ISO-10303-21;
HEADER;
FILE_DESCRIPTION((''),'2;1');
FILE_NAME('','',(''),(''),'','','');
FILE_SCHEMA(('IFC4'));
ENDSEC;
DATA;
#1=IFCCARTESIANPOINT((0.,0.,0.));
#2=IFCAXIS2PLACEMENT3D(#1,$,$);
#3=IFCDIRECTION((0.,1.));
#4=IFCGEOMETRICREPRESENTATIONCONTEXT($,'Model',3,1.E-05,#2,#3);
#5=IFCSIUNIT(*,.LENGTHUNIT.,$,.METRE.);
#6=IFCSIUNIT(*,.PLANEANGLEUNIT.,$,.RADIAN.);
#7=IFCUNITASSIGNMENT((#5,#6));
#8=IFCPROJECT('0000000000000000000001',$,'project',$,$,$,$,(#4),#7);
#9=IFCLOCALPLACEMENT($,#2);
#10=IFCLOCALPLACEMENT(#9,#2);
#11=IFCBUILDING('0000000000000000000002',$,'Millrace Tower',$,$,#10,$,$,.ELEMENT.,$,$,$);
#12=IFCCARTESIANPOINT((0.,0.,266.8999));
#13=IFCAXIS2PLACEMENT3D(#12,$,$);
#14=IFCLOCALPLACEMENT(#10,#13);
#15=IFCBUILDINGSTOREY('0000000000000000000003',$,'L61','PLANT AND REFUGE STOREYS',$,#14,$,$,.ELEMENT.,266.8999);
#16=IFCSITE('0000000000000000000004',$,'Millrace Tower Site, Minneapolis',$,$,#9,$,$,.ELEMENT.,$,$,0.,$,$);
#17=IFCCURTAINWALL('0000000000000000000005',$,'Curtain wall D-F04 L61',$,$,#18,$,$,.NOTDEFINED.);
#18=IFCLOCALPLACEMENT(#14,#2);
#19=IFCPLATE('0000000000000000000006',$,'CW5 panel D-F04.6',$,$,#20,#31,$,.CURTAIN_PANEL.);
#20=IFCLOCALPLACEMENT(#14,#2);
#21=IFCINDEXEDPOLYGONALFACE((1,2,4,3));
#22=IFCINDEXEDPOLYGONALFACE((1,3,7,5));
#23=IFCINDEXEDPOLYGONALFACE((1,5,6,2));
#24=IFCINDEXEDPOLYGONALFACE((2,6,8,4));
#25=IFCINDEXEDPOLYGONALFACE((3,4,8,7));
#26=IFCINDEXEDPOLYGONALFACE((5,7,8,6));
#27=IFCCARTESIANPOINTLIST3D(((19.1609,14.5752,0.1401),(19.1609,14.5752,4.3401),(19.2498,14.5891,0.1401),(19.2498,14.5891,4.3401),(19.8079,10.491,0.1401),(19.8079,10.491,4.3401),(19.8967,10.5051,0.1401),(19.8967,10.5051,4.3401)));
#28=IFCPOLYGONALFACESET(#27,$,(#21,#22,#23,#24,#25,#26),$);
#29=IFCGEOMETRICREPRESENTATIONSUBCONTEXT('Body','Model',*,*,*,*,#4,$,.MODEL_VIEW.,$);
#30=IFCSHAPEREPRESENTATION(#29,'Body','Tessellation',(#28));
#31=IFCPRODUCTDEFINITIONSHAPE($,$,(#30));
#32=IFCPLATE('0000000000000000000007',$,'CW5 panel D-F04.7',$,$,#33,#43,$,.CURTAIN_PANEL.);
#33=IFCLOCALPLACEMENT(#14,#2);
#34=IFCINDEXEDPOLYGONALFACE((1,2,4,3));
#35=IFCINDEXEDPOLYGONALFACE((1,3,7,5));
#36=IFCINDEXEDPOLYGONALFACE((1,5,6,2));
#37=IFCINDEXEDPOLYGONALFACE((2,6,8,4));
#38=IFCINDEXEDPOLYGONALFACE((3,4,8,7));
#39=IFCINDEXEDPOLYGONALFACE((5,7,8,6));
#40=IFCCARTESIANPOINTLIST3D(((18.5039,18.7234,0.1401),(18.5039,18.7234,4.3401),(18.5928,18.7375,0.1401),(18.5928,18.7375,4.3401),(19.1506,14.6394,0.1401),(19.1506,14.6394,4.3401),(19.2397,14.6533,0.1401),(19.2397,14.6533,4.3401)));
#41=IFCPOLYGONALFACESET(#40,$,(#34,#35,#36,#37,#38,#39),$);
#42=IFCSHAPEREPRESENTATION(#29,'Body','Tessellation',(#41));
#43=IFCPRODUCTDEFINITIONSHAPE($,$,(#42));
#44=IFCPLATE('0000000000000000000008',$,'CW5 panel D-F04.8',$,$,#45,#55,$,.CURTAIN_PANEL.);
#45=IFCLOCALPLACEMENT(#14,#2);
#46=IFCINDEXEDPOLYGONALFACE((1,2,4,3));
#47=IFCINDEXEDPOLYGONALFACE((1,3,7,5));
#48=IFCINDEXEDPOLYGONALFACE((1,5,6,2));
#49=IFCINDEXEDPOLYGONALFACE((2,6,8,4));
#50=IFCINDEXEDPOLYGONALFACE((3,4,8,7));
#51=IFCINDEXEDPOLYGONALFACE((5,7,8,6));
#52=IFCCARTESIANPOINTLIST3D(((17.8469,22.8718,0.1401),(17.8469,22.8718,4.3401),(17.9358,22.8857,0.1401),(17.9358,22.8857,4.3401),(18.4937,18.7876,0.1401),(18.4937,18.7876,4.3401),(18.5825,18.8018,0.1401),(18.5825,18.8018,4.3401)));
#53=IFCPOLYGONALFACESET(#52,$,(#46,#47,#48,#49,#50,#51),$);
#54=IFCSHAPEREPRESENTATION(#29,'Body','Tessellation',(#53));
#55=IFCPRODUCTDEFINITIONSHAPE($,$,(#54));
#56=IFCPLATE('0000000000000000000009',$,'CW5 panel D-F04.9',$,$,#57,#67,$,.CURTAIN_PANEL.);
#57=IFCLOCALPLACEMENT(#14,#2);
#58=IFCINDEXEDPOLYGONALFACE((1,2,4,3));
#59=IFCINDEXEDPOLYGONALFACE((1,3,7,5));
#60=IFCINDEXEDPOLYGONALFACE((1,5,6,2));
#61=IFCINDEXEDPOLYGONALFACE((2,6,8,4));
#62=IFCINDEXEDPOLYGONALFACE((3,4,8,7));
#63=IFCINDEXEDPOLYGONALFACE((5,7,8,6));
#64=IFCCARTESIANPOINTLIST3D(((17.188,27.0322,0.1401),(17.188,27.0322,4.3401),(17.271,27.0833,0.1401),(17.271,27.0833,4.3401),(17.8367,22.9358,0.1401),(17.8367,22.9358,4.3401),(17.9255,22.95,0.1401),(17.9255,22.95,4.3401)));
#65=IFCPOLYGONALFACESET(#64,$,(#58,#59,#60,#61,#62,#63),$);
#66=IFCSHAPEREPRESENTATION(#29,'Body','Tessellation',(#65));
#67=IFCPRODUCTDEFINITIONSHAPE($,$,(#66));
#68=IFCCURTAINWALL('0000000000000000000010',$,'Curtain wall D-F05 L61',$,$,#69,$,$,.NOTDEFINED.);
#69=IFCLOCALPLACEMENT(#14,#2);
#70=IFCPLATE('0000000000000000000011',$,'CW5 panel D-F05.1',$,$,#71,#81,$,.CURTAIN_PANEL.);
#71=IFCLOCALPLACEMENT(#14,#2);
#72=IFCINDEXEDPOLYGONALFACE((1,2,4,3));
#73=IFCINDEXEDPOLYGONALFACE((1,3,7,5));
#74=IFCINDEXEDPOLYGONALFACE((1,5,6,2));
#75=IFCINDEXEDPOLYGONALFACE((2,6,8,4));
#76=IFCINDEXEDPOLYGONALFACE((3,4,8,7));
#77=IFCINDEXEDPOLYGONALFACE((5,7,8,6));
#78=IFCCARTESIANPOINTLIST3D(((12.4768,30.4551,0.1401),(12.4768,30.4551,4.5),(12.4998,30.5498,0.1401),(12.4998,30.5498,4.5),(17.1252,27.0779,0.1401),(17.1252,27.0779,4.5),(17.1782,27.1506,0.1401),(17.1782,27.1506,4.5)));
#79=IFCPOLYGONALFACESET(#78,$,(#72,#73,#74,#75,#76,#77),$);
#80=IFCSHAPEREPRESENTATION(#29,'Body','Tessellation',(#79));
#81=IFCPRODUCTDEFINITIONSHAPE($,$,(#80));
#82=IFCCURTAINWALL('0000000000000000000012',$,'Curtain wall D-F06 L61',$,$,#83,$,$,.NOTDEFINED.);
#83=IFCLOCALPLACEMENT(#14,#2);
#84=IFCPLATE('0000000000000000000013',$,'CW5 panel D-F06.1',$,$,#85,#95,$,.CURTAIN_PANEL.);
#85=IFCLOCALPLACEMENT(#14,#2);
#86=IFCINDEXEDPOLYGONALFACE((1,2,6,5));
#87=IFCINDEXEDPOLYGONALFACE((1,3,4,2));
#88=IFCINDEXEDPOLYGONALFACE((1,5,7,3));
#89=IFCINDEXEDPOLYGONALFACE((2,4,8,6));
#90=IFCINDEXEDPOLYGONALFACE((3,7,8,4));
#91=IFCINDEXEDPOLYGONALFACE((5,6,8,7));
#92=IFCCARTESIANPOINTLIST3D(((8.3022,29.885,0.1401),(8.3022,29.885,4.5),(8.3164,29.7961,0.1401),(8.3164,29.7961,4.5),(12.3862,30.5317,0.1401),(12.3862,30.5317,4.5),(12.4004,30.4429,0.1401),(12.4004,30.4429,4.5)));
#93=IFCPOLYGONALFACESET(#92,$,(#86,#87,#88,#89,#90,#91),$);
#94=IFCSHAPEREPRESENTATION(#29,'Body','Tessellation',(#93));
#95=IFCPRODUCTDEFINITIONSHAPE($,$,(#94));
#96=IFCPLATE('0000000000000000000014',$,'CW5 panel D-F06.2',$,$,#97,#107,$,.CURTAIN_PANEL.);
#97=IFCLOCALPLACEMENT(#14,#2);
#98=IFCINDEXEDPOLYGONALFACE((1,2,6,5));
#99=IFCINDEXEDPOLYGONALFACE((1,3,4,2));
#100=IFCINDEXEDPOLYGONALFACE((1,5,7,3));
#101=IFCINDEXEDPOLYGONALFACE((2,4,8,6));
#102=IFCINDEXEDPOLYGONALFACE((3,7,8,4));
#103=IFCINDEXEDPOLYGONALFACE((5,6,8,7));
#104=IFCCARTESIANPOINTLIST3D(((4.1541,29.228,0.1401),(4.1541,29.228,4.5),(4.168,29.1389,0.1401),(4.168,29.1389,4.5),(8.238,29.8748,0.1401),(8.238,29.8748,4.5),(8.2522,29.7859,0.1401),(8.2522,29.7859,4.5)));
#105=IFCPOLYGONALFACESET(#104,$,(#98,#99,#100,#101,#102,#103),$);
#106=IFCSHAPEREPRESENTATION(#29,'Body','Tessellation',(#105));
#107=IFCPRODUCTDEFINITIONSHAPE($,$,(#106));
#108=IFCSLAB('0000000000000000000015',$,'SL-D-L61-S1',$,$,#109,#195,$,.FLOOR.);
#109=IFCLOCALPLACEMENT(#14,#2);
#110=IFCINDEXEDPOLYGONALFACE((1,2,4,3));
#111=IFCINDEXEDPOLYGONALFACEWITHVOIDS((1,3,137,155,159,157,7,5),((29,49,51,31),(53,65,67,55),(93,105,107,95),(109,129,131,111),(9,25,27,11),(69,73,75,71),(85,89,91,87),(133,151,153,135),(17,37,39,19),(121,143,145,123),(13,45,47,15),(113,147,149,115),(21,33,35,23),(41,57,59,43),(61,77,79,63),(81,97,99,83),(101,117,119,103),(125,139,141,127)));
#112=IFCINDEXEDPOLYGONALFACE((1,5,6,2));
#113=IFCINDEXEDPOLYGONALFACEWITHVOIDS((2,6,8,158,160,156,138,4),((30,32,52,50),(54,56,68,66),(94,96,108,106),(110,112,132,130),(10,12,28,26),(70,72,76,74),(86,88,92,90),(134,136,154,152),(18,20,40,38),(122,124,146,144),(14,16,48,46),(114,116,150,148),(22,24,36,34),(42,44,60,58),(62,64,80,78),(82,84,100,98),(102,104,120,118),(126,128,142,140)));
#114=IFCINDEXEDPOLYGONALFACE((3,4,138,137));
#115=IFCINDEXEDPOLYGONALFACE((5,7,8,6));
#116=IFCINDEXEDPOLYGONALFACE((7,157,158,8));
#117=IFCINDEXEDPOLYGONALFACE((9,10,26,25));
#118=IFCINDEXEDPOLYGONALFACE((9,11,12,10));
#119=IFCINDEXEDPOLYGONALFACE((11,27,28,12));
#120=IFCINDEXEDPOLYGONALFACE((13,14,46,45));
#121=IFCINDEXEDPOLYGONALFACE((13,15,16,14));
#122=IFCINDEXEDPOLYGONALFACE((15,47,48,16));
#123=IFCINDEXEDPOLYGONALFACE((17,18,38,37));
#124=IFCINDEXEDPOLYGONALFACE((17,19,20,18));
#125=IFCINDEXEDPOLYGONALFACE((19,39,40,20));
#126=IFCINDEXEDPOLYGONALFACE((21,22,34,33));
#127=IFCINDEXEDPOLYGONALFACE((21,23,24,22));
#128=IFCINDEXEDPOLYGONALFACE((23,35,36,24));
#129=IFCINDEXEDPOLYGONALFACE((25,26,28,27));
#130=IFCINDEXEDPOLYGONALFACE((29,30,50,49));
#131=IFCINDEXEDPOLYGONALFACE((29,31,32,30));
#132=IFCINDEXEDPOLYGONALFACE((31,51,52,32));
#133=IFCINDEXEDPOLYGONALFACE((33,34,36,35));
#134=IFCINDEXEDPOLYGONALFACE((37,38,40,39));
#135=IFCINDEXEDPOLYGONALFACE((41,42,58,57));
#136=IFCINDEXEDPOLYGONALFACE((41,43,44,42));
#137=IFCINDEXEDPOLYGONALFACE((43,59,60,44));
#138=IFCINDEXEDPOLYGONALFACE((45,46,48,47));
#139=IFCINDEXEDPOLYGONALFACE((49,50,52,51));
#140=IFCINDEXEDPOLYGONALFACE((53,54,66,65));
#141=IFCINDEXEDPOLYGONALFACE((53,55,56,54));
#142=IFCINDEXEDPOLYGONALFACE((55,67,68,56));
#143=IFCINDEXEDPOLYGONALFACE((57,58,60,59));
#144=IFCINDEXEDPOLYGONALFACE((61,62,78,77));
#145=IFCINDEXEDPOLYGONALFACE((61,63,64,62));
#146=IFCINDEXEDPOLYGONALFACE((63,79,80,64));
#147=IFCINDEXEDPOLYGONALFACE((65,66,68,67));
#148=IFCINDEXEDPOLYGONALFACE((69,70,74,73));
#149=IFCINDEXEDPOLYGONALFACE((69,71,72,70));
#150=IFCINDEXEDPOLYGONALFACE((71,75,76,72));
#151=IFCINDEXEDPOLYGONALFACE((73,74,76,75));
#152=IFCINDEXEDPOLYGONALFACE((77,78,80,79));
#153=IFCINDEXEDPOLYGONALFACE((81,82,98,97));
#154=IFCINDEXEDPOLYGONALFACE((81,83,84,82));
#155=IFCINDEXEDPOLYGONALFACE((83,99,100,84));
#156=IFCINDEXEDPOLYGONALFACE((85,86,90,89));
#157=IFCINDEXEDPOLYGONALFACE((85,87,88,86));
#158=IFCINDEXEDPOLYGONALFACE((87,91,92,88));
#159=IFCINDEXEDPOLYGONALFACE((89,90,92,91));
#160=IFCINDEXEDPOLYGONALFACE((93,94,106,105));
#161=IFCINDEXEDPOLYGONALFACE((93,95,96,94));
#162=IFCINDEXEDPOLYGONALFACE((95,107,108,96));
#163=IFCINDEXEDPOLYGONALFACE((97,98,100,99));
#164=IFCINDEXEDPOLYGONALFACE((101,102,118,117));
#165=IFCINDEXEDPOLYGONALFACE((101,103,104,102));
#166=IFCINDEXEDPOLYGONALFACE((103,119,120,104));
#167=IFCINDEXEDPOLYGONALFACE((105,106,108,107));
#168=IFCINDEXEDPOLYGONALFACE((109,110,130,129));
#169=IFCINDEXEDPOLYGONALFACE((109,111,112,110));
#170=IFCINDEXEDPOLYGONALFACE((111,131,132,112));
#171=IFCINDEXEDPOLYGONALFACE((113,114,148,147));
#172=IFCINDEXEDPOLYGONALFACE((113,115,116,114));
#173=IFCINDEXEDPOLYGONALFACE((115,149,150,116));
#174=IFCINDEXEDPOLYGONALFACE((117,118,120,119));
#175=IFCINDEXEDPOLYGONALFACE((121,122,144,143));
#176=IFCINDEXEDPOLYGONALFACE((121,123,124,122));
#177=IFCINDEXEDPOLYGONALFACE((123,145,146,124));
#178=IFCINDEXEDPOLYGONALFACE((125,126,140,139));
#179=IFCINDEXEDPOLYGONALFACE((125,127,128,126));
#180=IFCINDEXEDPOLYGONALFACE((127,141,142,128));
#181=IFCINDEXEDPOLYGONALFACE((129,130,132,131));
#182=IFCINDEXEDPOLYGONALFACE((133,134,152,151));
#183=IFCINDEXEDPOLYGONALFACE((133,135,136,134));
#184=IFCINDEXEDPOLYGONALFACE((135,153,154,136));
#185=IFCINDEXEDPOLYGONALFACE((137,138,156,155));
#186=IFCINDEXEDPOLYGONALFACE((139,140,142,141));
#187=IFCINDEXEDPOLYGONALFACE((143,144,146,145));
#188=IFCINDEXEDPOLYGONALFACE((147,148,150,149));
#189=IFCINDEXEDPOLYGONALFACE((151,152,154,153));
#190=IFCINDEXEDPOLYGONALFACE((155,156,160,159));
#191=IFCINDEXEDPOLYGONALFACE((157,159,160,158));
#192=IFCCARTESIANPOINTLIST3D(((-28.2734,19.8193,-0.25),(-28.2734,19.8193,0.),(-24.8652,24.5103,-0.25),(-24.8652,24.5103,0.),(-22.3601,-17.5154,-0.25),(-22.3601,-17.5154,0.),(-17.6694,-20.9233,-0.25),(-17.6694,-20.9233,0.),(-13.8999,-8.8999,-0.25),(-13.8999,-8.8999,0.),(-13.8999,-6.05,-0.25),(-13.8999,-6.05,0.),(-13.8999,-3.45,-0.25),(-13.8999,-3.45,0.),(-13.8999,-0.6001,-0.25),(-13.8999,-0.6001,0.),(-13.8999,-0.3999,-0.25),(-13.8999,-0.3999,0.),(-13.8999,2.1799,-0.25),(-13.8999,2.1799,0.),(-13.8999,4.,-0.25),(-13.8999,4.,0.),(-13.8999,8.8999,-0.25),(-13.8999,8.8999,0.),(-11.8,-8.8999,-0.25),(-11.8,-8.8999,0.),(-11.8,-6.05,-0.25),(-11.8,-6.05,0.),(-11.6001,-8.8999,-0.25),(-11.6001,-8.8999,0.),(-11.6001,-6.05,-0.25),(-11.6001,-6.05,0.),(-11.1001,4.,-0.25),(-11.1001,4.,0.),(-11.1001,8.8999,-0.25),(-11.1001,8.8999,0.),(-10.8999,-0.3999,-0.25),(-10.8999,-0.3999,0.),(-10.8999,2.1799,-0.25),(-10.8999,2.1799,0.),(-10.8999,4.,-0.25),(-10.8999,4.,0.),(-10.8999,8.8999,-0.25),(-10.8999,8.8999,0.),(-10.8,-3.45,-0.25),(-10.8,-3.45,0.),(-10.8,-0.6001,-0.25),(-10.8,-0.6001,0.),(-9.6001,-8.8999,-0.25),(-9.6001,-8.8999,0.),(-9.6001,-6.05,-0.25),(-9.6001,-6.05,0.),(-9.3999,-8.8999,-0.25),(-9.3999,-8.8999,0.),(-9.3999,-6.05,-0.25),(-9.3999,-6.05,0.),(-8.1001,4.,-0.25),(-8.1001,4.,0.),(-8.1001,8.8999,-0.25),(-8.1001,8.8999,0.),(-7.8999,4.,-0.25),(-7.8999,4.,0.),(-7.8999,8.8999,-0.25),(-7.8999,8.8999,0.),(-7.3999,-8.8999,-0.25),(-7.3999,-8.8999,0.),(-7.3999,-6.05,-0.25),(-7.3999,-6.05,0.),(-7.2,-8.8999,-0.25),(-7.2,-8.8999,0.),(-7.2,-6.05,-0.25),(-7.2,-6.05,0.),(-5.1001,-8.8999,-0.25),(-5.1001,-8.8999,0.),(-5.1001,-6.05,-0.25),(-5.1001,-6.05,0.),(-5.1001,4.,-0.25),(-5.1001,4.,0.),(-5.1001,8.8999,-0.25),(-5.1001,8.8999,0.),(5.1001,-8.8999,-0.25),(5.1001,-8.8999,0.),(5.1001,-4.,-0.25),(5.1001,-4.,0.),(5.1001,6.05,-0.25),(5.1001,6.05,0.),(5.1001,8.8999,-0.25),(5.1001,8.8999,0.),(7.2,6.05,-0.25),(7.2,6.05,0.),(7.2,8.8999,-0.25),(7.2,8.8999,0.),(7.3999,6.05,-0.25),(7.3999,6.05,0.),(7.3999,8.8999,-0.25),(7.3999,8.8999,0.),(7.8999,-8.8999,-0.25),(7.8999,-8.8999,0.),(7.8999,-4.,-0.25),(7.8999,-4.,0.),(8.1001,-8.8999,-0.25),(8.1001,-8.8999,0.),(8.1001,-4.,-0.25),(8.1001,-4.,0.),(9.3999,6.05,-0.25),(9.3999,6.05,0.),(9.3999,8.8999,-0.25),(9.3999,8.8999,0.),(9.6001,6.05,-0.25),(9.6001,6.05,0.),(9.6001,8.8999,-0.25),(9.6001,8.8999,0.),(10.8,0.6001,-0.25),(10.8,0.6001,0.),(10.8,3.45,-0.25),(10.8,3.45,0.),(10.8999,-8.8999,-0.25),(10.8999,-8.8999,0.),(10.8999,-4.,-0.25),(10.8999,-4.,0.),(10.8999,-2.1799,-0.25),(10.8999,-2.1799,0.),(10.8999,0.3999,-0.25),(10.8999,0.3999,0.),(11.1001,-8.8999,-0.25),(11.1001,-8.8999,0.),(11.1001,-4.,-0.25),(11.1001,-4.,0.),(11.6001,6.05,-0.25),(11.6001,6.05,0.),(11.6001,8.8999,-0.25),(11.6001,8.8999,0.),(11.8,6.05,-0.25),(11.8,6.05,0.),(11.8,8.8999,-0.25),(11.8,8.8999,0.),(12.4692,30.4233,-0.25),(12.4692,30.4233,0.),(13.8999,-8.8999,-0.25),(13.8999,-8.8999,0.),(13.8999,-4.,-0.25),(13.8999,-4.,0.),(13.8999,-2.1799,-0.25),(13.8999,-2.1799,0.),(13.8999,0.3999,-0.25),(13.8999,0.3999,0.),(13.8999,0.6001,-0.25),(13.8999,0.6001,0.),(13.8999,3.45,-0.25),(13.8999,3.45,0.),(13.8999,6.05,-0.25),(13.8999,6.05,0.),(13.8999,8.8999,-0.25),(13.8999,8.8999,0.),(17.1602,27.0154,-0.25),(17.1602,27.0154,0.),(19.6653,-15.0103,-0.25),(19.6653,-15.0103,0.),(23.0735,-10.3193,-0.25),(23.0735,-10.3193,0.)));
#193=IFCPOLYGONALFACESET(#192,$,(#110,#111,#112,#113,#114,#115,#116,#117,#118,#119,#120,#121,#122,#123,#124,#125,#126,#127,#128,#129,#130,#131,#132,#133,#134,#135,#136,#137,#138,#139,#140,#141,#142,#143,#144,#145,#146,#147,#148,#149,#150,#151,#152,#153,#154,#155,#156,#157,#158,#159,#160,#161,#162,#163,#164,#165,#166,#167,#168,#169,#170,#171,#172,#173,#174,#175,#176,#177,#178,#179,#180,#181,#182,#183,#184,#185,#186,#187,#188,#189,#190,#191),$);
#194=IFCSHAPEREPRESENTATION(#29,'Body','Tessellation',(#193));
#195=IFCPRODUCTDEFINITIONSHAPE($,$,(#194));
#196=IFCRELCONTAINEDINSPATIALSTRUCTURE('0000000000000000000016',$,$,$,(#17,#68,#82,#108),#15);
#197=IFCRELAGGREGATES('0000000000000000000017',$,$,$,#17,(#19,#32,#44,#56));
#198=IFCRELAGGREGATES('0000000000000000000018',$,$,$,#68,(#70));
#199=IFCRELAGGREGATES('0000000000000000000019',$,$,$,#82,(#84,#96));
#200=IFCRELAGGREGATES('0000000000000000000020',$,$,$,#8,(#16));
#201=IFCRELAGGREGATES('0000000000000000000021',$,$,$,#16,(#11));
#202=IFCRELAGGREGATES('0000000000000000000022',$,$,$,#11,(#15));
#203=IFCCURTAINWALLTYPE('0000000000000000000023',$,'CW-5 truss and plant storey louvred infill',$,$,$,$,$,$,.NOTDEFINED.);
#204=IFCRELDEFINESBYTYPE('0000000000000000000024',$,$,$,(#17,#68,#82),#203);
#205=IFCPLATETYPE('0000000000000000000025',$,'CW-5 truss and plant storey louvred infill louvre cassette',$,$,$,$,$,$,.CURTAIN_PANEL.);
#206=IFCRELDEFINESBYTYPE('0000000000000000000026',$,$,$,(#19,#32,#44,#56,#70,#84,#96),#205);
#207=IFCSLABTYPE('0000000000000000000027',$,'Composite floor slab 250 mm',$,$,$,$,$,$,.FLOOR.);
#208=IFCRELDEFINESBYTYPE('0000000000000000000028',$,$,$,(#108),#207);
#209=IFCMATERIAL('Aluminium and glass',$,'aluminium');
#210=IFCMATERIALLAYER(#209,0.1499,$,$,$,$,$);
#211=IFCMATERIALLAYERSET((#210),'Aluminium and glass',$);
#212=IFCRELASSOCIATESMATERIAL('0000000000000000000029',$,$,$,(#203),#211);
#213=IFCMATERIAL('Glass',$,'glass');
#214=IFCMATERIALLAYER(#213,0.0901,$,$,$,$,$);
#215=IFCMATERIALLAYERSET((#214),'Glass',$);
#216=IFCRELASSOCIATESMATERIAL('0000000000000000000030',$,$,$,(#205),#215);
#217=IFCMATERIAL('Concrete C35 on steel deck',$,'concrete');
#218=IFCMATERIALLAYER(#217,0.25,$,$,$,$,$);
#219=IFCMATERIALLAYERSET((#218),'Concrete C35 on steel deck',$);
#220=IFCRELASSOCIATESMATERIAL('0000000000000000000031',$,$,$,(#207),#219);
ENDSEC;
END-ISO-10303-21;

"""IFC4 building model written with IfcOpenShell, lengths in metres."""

from ifc_helpers import new_model, si_unit, direction, frame, origin, place, context, subcontext, project, spatial, polyline, outline, extrude, material, layer, layer_set, type_object, element, aggregate, save


model = new_model("IFC4")

# Units and contexts
model_context = context("Model", 3, precision=1e-05, world=origin(), true_north=direction((0.0, 1.0)))
body_context = subcontext(model_context, "Body", "Model", "MODEL_VIEW")
ifc_project = project(units=[si_unit("LENGTHUNIT", "METRE"), si_unit("PLANEANGLEUNIT", "RADIAN")], contexts=[model_context])

# Site, building, storey
site_placement = place(None, origin())
site = spatial("IfcSite", under=ifc_project, at=site_placement, Name="Millrace Tower Site, Minneapolis", CompositionType="ELEMENT", RefElevation=0.0)
building_placement = place(site_placement, origin())
building = spatial("IfcBuilding", under=site, at=building_placement, Name="Millrace Tower", CompositionType="ELEMENT")
storey_placement = place(building_placement, frame((0.0, 0.0, 266.8999)))
storey = spatial("IfcBuildingStorey", under=building, at=storey_placement, Name="L61", Description="PLANT AND REFUGE STOREYS", CompositionType="ELEMENT", Elevation=266.8999)

# Shared definitions
ifc_material_1 = material(Name="Aluminium and glass", Category="aluminium")
ifc_layer_1 = layer(ifc_material_1, 0.1499)
ifc_layer_set_1 = layer_set([ifc_layer_1], Name="Aluminium and glass")
curtain_wall_type = type_object("IfcCurtainWallType", Name="CW-5 truss and plant storey louvred infill", PredefinedType="NOTDEFINED", material=ifc_layer_set_1)
placement_1 = place(storey_placement, origin())
ifc_material_2 = material(Name="Glass", Category="glass")
ifc_layer_2 = layer(ifc_material_2, 0.0901)
ifc_layer_set_2 = layer_set([ifc_layer_2], Name="Glass")
plate_type = type_object("IfcPlateType", Name="CW-5 truss and plant storey louvred infill louvre cassette", PredefinedType="CURTAIN_PANEL", material=ifc_layer_set_2)
placement_2 = place(storey_placement, frame((0.0, 0.0, 0.1401)))

# Curtain wall, plates
curtain_wall_1 = element("IfcCurtainWall", 1, at=placement_1, inside=storey, type_object=curtain_wall_type, Name="Curtain wall D-F04 L61", PredefinedType="NOTDEFINED")
plate_1 = element("IfcPlate", 2, at=placement_2, type_object=plate_type, Name="CW5 panel D-F04.6", PredefinedType="CURTAIN_PANEL", context=body_context, shape_type="SweptSolid", body=[
    extrude(outline(polyline([(19.8967, 10.5051), (19.2498, 14.5891), (19.1609, 14.5752), (19.8079, 10.491), (19.8967, 10.5051)])), origin(), (0.0, 0.0, 1.0), 4.2),
])
plate_2 = element("IfcPlate", 3, at=placement_2, type_object=plate_type, Name="CW5 panel D-F04.7", PredefinedType="CURTAIN_PANEL", context=body_context, shape_type="SweptSolid", body=[
    extrude(outline(polyline([(19.2397, 14.6533), (18.5928, 18.7375), (18.5039, 18.7234), (19.1506, 14.6394), (19.2397, 14.6533)])), origin(), (0.0, 0.0, 1.0), 4.2),
])
plate_3 = element("IfcPlate", 4, at=placement_2, type_object=plate_type, Name="CW5 panel D-F04.8", PredefinedType="CURTAIN_PANEL", context=body_context, shape_type="SweptSolid", body=[
    extrude(outline(polyline([(18.5825, 18.8018), (17.9358, 22.8857), (17.8469, 22.8718), (18.4937, 18.7876), (18.5825, 18.8018)])), origin(), (0.0, 0.0, 1.0), 4.2),
])
plate_4 = element("IfcPlate", 5, at=placement_2, type_object=plate_type, Name="CW5 panel D-F04.9", PredefinedType="CURTAIN_PANEL", context=body_context, shape_type="SweptSolid", body=[
    extrude(outline(polyline([(17.9255, 22.95), (17.271, 27.0833), (17.188, 27.0322), (17.8367, 22.9358), (17.9255, 22.95)])), origin(), (0.0, 0.0, 1.0), 4.2),
])
aggregate(curtain_wall_1, [plate_1, plate_2, plate_3, plate_4])

# Curtain wall, plate
curtain_wall_2 = element("IfcCurtainWall", 6, at=placement_1, inside=storey, type_object=curtain_wall_type, Name="Curtain wall D-F05 L61", PredefinedType="NOTDEFINED")
plate_5 = element("IfcPlate", 7, at=placement_2, type_object=plate_type, Name="CW5 panel D-F05.1", PredefinedType="CURTAIN_PANEL", context=body_context, shape_type="SweptSolid", body=[
    extrude(outline(polyline([(17.1782, 27.1506), (12.4998, 30.5498), (12.4768, 30.4551), (17.1252, 27.0779), (17.1782, 27.1506)])), origin(), (0.0, 0.0, 1.0), 4.3599),
])
aggregate(curtain_wall_2, [plate_5])

# Curtain wall, plates
curtain_wall_3 = element("IfcCurtainWall", 8, at=placement_1, inside=storey, type_object=curtain_wall_type, Name="Curtain wall D-F06 L61", PredefinedType="NOTDEFINED")
plate_6 = element("IfcPlate", 9, at=placement_2, type_object=plate_type, Name="CW5 panel D-F06.1", PredefinedType="CURTAIN_PANEL", context=body_context, shape_type="SweptSolid", body=[
    extrude(outline(polyline([(12.3862, 30.5317), (8.3022, 29.885), (8.3164, 29.7961), (12.4004, 30.4429), (12.3862, 30.5317)])), origin(), (0.0, 0.0, 1.0), 4.3599),
])
plate_7 = element("IfcPlate", 10, at=placement_2, type_object=plate_type, Name="CW5 panel D-F06.2", PredefinedType="CURTAIN_PANEL", context=body_context, shape_type="SweptSolid", body=[
    extrude(outline(polyline([(8.238, 29.8748), (4.1541, 29.228), (4.168, 29.1389), (8.2522, 29.7859), (8.238, 29.8748)])), origin(), (0.0, 0.0, 1.0), 4.3599),
])
aggregate(curtain_wall_3, [plate_6, plate_7])

# Slab
ifc_material_3 = material(Name="Concrete C35 on steel deck", Category="concrete")
ifc_layer_3 = layer(ifc_material_3, 0.25)
ifc_layer_set_3 = layer_set([ifc_layer_3], Name="Concrete C35 on steel deck")
slab_type = type_object("IfcSlabType", Name="Composite floor slab 250 mm", PredefinedType="FLOOR", material=ifc_layer_set_3)
slab_placement = place(storey_placement, frame((0.0, 0.0, -0.25)))
element("IfcSlab", 11, at=slab_placement, inside=storey, type_object=slab_type, Name="SL-D-L61-S1", PredefinedType="FLOOR", context=body_context, shape_type="SweptSolid", body=[
    extrude(outline(polyline([(-22.3601, -17.5154), (-17.6694, -20.9233), (19.6653, -15.0103), (23.0735, -10.3193), (17.1602, 27.0154), (12.4692, 30.4233), (-24.8652, 24.5103), (-28.2734, 19.8193), (-22.3601, -17.5154)]), holes=[polyline([(-13.8999, -8.8999), (-11.8, -8.8999), (-11.8, -6.05), (-13.8999, -6.05), (-13.8999, -8.8999)]), polyline([(-11.6001, -8.8999), (-9.6001, -8.8999), (-9.6001, -6.05), (-11.6001, -6.05), (-11.6001, -8.8999)]), polyline([(-9.3999, -8.8999), (-7.3999, -8.8999), (-7.3999, -6.05), (-9.3999, -6.05), (-9.3999, -8.8999)]), polyline([(-7.2, -8.8999), (-5.1001, -8.8999), (-5.1001, -6.05), (-7.2, -6.05), (-7.2, -8.8999)]), polyline([(-13.8999, -3.45), (-10.8, -3.45), (-10.8, -0.6001), (-13.8999, -0.6001), (-13.8999, -3.45)]), polyline([(-13.8999, -0.3999), (-10.8999, -0.3999), (-10.8999, 2.1799), (-13.8999, 2.1799), (-13.8999, -0.3999)]), polyline([(-13.8999, 4.0), (-11.1001, 4.0), (-11.1001, 8.8999), (-13.8999, 8.8999), (-13.8999, 4.0)]), polyline([(-10.8999, 4.0), (-8.1001, 4.0), (-8.1001, 8.8999), (-10.8999, 8.8999), (-10.8999, 4.0)]), polyline([(-7.8999, 4.0), (-5.1001, 4.0), (-5.1001, 8.8999), (-7.8999, 8.8999), (-7.8999, 4.0)]), polyline([(11.8, 6.05), (13.8999, 6.05), (13.8999, 8.8999), (11.8, 8.8999), (11.8, 6.05)]), polyline([(9.6001, 6.05), (11.6001, 6.05), (11.6001, 8.8999), (9.6001, 8.8999), (9.6001, 6.05)]), polyline([(7.3999, 6.05), (9.3999, 6.05), (9.3999, 8.8999), (7.3999, 8.8999), (7.3999, 6.05)]), polyline([(5.1001, 6.05), (7.2, 6.05), (7.2, 8.8999), (5.1001, 8.8999), (5.1001, 6.05)]), polyline([(10.8, 0.6001), (13.8999, 0.6001), (13.8999, 3.45), (10.8, 3.45), (10.8, 0.6001)]), polyline([(10.8999, -2.1799), (13.8999, -2.1799), (13.8999, 0.3999), (10.8999, 0.3999), (10.8999, -2.1799)]), polyline([(11.1001, -8.8999), (13.8999, -8.8999), (13.8999, -4.0), (11.1001, -4.0), (11.1001, -8.8999)]), polyline([(8.1001, -8.8999), (10.8999, -8.8999), (10.8999, -4.0), (8.1001, -4.0), (8.1001, -8.8999)]), polyline([(5.1001, -8.8999), (7.8999, -8.8999), (7.8999, -4.0), (5.1001, -4.0), (5.1001, -8.8999)])]), origin(), (0.0, 0.0, 1.0), 0.25),
])

save(model, "model.ifc")
